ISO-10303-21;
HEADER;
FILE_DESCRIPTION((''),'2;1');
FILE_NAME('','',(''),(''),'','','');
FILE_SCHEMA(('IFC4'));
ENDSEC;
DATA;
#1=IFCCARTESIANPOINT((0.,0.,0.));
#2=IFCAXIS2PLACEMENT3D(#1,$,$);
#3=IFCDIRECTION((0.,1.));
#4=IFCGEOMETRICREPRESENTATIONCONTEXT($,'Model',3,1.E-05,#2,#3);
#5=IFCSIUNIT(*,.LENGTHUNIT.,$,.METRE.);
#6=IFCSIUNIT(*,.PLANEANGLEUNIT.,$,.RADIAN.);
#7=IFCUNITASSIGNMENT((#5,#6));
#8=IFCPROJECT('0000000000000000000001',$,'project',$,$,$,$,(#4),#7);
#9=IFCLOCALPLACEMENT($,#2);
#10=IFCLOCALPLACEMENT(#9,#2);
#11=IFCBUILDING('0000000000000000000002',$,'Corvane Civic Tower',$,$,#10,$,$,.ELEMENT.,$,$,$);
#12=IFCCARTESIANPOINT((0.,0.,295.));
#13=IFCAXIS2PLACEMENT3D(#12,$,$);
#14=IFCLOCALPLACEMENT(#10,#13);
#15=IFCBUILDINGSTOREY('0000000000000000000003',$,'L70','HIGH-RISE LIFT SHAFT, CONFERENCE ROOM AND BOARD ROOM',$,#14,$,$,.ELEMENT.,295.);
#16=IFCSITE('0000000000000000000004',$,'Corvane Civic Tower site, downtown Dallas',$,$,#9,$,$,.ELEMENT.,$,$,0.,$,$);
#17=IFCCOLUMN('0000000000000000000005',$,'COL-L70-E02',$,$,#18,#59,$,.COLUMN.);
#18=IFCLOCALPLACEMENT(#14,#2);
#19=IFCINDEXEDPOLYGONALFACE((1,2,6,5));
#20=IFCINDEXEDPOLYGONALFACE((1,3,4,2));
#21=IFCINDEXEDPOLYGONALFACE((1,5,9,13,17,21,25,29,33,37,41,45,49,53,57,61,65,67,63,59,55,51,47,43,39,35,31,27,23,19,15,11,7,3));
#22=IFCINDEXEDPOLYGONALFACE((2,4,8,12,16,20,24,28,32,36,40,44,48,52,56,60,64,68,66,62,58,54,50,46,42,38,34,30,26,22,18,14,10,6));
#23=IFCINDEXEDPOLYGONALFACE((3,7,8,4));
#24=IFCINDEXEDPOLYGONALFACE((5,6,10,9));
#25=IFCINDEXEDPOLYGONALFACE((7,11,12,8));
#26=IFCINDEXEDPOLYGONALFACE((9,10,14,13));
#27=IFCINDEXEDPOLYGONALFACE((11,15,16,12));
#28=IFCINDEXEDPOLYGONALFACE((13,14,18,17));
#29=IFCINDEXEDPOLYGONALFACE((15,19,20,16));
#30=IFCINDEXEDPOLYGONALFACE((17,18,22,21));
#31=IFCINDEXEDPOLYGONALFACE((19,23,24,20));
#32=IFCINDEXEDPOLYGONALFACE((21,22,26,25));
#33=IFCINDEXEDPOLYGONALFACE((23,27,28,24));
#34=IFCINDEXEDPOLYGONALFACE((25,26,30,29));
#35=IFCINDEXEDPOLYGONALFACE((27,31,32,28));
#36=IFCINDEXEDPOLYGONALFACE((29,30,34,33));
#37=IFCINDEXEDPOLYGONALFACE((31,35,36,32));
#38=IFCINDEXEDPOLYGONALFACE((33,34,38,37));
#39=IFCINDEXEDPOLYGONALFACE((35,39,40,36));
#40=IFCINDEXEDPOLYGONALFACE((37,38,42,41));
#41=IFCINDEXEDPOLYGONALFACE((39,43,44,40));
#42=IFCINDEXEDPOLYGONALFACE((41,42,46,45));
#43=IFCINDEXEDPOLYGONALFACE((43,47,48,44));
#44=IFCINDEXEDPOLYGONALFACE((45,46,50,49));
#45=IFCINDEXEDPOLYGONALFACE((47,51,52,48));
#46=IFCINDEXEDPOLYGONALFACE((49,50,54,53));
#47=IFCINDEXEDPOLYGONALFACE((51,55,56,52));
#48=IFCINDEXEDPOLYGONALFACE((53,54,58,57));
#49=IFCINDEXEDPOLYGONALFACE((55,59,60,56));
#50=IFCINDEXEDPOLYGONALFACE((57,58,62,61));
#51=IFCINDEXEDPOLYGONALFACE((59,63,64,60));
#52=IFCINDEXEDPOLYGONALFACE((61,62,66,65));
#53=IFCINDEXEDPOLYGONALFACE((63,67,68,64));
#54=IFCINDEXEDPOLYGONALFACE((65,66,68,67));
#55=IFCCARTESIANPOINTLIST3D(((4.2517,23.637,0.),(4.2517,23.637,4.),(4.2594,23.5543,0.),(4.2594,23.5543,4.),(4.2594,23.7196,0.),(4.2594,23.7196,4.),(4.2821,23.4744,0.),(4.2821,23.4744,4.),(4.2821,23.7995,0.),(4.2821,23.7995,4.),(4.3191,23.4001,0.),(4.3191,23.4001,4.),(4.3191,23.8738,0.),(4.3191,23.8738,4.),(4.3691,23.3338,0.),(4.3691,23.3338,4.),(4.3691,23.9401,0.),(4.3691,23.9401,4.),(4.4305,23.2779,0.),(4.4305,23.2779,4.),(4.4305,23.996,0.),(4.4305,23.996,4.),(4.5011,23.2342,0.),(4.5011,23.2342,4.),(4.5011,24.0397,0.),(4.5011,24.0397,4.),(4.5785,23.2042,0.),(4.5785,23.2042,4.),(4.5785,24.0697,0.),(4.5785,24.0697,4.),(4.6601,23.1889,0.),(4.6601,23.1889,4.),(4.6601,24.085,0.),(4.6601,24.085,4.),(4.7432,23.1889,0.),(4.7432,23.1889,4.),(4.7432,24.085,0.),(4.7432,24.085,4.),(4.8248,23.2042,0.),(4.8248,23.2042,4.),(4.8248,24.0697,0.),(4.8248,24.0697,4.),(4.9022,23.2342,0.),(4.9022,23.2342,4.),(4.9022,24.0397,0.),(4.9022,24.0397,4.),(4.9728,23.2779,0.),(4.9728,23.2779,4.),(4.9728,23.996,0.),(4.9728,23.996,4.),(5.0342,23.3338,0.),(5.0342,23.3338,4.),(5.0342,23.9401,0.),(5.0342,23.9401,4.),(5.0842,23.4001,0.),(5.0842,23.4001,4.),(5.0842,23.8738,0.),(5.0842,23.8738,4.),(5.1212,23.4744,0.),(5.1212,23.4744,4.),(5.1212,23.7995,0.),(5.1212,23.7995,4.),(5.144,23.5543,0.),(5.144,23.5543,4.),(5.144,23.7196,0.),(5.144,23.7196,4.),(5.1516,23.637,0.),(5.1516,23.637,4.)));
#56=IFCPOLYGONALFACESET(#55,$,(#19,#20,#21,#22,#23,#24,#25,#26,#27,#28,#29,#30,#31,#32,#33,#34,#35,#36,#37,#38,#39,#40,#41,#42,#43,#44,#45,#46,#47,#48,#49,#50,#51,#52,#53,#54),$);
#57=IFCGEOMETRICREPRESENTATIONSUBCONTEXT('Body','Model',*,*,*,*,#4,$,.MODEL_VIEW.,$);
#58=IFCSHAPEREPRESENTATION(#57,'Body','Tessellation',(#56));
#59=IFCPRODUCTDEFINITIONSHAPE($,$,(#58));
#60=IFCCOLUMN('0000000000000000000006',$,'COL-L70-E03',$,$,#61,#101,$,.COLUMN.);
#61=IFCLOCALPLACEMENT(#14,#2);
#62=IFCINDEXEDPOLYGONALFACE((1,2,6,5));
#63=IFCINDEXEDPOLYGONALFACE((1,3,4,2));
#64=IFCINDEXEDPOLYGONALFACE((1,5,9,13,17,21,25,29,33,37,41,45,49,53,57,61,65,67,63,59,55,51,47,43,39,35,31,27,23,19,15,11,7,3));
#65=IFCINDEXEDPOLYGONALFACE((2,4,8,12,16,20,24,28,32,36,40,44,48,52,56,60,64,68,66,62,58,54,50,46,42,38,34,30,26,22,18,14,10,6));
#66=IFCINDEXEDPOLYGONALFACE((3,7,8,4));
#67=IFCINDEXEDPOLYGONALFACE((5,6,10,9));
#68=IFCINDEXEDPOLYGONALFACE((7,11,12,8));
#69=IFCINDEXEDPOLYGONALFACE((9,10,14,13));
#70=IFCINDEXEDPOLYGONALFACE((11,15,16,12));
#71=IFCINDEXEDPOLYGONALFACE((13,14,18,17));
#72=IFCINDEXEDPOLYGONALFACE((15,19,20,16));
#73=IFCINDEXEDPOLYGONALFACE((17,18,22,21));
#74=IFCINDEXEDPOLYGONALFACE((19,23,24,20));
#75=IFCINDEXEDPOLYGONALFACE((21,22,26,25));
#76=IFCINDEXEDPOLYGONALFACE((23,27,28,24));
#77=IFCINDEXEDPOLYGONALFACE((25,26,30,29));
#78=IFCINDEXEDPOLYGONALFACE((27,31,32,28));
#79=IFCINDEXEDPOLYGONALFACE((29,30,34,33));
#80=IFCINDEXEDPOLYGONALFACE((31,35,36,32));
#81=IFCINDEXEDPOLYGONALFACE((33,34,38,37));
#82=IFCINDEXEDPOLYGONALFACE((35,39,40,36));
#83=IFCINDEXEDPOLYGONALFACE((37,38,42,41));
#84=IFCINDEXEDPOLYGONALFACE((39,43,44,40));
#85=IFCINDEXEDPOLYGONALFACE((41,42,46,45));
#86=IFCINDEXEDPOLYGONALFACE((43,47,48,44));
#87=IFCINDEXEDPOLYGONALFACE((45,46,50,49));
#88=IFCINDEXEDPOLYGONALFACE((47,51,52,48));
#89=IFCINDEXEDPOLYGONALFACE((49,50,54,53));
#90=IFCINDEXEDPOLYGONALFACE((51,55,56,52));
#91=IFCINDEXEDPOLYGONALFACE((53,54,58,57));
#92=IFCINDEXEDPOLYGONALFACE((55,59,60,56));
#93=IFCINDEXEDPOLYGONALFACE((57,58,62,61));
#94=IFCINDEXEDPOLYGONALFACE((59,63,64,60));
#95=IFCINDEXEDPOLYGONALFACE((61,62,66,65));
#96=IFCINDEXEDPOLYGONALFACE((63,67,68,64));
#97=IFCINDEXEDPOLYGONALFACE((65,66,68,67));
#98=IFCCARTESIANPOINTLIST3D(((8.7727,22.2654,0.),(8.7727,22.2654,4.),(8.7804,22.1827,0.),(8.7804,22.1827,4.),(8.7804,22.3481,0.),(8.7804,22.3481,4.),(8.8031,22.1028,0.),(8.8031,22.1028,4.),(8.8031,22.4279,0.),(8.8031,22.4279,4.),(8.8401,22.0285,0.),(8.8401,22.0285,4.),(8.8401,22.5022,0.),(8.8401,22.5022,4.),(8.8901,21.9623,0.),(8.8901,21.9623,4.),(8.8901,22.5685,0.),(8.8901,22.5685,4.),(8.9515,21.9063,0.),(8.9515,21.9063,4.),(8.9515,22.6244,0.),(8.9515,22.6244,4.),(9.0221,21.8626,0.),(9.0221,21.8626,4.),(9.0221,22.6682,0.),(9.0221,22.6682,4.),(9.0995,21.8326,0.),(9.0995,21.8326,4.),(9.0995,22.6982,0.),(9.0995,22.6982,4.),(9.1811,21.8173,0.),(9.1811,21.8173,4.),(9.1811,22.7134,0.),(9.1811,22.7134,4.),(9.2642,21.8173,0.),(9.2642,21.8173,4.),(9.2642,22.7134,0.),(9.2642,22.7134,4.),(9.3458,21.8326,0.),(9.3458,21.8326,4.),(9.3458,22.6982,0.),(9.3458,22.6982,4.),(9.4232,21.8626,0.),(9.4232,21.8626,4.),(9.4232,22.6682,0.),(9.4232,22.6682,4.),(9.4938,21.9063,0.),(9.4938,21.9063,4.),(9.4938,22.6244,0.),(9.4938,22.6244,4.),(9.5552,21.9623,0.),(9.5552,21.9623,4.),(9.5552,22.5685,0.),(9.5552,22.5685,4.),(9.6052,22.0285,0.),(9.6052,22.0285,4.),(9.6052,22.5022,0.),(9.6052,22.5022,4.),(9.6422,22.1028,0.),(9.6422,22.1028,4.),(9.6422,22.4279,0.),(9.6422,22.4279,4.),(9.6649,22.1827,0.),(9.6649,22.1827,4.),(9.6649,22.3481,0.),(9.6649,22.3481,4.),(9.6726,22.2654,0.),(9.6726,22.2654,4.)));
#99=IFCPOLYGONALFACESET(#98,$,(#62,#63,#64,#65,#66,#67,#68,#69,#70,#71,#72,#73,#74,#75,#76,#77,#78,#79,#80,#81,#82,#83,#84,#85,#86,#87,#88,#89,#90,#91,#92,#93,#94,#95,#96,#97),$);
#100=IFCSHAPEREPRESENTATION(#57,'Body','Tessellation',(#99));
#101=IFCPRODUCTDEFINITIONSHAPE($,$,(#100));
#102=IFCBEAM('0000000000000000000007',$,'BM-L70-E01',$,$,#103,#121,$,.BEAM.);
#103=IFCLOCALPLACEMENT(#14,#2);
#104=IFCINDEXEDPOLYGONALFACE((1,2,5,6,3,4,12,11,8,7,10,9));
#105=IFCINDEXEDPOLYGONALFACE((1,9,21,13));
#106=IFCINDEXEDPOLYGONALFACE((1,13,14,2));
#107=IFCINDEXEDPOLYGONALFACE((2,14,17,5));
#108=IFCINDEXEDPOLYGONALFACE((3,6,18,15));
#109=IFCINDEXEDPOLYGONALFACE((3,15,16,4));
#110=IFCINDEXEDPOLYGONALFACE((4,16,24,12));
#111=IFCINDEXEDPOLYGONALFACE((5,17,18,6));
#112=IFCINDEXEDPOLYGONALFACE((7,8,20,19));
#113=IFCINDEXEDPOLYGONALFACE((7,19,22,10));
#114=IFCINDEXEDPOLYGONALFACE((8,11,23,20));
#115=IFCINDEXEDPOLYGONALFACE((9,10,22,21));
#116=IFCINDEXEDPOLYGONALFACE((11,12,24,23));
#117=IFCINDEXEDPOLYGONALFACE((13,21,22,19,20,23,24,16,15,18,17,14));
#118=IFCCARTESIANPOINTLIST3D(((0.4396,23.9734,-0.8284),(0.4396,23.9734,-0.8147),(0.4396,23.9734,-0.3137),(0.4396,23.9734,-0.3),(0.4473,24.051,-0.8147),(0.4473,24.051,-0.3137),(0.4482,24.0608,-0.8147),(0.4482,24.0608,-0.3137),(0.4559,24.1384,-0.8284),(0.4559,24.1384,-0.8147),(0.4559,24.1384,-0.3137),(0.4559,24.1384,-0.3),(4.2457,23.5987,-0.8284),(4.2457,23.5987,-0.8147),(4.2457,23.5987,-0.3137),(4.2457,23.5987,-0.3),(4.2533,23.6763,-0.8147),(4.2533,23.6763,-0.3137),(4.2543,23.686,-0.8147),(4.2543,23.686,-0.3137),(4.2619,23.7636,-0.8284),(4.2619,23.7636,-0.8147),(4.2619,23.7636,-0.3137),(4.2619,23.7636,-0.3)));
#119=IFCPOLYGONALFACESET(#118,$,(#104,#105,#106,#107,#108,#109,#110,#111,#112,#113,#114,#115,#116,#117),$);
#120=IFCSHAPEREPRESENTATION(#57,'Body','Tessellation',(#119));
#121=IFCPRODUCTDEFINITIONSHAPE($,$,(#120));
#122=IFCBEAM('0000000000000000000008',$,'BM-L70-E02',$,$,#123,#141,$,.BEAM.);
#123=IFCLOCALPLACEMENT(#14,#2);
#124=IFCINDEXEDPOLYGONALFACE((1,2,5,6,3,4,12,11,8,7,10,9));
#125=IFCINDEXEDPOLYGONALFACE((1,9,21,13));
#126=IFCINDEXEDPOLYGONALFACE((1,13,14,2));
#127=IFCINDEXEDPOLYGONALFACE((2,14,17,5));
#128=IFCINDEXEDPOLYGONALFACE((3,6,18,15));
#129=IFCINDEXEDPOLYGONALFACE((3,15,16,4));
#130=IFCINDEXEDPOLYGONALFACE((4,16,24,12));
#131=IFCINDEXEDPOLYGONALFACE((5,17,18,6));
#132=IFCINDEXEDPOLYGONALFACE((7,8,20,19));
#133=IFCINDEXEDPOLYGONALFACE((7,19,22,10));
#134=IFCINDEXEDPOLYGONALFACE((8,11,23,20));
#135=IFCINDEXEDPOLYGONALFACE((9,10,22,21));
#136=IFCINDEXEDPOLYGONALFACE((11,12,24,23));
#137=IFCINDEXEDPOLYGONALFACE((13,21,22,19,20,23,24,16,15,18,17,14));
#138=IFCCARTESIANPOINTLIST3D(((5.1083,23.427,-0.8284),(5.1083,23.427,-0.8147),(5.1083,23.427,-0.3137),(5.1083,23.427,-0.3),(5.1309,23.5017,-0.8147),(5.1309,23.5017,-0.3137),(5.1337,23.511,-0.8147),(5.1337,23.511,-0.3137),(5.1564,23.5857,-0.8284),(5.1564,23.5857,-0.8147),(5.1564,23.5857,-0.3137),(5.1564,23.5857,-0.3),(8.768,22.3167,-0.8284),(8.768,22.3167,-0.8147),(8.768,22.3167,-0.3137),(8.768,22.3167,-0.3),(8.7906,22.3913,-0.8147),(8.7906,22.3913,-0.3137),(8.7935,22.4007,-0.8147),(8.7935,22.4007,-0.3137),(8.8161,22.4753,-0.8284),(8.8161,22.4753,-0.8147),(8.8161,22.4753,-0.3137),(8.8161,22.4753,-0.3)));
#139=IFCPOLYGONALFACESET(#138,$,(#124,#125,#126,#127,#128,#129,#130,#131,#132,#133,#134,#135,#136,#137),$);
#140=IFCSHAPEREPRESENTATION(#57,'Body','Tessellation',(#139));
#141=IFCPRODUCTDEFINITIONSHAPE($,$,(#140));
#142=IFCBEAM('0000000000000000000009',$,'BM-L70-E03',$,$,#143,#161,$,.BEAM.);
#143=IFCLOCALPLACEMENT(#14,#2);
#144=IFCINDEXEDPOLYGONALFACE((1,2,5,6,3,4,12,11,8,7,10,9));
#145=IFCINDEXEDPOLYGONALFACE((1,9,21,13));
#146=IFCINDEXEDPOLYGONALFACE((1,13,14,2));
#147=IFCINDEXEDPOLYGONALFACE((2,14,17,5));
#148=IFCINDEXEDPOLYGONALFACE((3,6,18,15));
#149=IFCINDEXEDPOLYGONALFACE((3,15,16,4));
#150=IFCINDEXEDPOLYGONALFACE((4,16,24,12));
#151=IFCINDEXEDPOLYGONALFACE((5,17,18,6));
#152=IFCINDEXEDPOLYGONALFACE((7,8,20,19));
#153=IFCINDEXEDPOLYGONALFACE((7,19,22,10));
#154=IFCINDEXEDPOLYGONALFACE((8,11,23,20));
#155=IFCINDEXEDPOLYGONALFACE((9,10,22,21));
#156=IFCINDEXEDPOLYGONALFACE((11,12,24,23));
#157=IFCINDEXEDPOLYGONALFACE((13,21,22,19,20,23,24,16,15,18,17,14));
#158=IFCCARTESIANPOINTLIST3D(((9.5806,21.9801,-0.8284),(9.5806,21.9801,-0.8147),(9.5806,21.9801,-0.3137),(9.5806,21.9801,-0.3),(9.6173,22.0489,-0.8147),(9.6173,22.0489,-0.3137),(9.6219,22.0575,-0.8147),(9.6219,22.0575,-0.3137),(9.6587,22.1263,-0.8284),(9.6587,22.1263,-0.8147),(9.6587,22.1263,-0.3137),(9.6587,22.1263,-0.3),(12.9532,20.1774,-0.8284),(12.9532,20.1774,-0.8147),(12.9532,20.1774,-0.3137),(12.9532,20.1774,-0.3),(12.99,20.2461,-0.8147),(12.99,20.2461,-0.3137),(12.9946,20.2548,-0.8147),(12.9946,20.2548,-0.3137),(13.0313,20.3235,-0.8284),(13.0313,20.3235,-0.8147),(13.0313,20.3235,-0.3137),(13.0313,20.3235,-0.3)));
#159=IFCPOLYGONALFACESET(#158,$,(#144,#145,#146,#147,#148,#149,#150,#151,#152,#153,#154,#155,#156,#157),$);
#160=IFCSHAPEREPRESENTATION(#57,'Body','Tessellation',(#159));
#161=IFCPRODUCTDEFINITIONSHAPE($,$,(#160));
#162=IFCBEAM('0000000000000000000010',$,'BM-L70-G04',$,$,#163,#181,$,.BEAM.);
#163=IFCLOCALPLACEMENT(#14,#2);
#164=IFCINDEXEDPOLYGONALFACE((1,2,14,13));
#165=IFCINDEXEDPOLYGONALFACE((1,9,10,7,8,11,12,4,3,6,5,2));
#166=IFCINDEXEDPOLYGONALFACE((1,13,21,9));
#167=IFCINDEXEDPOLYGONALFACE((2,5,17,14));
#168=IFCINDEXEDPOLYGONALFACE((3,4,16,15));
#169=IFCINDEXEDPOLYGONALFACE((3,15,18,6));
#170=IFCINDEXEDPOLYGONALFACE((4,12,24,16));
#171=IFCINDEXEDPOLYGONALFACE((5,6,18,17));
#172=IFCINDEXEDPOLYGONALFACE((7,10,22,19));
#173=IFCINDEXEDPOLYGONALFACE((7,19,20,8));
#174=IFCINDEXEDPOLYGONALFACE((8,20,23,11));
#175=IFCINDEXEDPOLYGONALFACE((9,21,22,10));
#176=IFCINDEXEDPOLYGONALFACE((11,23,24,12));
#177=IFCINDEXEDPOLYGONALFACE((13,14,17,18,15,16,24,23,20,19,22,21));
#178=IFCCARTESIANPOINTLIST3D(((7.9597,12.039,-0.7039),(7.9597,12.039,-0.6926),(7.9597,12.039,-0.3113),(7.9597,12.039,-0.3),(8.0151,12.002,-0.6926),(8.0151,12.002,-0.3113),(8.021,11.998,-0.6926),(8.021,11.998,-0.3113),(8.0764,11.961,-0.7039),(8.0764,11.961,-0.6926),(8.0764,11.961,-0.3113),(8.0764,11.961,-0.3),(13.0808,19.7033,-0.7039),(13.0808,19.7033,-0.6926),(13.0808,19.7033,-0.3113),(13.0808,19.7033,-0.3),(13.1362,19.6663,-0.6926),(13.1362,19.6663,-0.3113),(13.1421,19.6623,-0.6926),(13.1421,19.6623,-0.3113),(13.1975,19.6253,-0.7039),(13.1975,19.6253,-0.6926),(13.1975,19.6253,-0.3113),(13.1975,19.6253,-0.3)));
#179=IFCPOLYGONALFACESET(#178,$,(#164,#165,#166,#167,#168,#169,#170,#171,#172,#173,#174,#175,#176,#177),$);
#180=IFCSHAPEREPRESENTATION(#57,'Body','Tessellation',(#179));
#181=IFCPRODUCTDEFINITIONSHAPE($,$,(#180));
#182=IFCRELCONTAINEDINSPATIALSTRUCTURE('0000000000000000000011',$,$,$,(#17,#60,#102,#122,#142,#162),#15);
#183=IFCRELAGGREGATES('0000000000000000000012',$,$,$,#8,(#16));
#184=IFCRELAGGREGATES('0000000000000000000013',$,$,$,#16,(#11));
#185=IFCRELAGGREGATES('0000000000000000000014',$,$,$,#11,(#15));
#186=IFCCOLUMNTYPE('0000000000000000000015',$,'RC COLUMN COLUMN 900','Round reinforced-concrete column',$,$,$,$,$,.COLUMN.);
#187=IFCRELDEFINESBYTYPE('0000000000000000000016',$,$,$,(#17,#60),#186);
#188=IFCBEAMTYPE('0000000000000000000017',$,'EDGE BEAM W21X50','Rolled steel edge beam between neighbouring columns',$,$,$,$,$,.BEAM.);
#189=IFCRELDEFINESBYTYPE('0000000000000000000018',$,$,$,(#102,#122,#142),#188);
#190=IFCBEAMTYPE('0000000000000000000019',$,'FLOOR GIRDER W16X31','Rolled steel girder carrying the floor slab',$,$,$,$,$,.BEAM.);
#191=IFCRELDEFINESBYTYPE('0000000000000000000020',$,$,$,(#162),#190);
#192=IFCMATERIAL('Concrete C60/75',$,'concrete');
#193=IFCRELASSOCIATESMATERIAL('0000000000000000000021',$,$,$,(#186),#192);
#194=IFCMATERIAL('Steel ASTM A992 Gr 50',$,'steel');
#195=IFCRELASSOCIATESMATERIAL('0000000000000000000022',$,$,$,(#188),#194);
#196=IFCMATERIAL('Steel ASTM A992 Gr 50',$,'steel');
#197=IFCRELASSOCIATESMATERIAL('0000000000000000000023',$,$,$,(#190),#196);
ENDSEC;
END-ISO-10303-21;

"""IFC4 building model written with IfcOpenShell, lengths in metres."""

from ifc_helpers import new_model, si_unit, direction, frame, origin, origin_2d, place, context, subcontext, project, spatial, circle, i_section, extrude, material, material_profile, profile_set, type_object, element, save


model = new_model("IFC4")

# Units and contexts
model_context = context("Model", 3, precision=1e-05, world=origin(), true_north=direction((0.0, 1.0)))
body_context = subcontext(model_context, "Body", "Model", "MODEL_VIEW")
ifc_project = project(units=[si_unit("LENGTHUNIT", "METRE"), si_unit("PLANEANGLEUNIT", "RADIAN")], contexts=[model_context])

# Site, building, storey
site_placement = place(None, origin())
site = spatial("IfcSite", under=ifc_project, at=site_placement, Name="Corvane Civic Tower site, downtown Dallas", CompositionType="ELEMENT", RefElevation=0.0)
building_placement = place(site_placement, origin())
building = spatial("IfcBuilding", under=site, at=building_placement, Name="Corvane Civic Tower", CompositionType="ELEMENT")
storey_placement = place(building_placement, frame((0.0, 0.0, 295.0)))
storey = spatial("IfcBuildingStorey", under=building, at=storey_placement, Name="L70", Description="HIGH-RISE LIFT SHAFT, CONFERENCE ROOM AND BOARD ROOM", CompositionType="ELEMENT", Elevation=295.0)

# Columns
ifc_material_1 = material(Name="Concrete C60/75", Category="concrete")
ifc_material_profile_1 = material_profile(ifc_material_1, circle(Radius=0.45, at=origin_2d()), Name="COLUMN 900")
ifc_profile_set_1 = profile_set([ifc_material_profile_1], Name="Concrete C60/75")
column_type = type_object("IfcColumnType", Name="RC COLUMN COLUMN 900", Description="Round reinforced-concrete column", PredefinedType="COLUMN", material=ifc_profile_set_1)
for number, where, z_axis, x_axis, name in (
    (1, (4.7017, 23.637, 0.0), (0.0, 0.0, 1.0), (1.0, 0.0, 0.0), "COL-L70-E02"),
    (2, (9.2227, 22.2654, 0.0), (0.0, 0.0, 1.0), (1.0, 0.0, 0.0), "COL-L70-E03"),
):
    element("IfcColumn", number, at=place(storey_placement, frame(where, z_axis=z_axis, x_axis=x_axis)), inside=storey, type_object=column_type, Name=name, PredefinedType="COLUMN", context=body_context, shape_type="SweptSolid", body=[
        extrude(circle(Radius=0.45, at=origin_2d()), origin(), (0.0, 0.0, 1.0), 4.0),
    ])

# Beams
ifc_material_2 = material(Name="Steel ASTM A992 Gr 50", Category="steel")
ifc_material_profile_2 = material_profile(ifc_material_2, i_section(OverallWidth=0.1658, OverallDepth=0.5283, WebThickness=0.0098, FlangeThickness=0.0137, at=origin_2d()), Name="W21X50")
ifc_profile_set_2 = profile_set([ifc_material_profile_2], Name="Steel ASTM A992 Gr 50")
beam_type_1 = type_object("IfcBeamType", Name="EDGE BEAM W21X50", Description="Rolled steel edge beam between neighbouring columns", PredefinedType="BEAM", material=ifc_profile_set_2)
for number, where, z_axis, x_axis, name in (
    (3, (0.4478, 24.0559, -0.5642), (0.995188, -0.097987, 0.0), (0.097987, 0.995188, 0.0), "BM-L70-E01"),
    (4, (5.1323, 23.5063, -0.5642), (0.956926, -0.290333, 0.0), (0.290333, 0.956926, 0.0), "BM-L70-E02"),
):
    element("IfcBeam", number, at=place(storey_placement, frame(where, z_axis=z_axis, x_axis=x_axis)), inside=storey, type_object=beam_type_1, Name=name, PredefinedType="BEAM", context=body_context, shape_type="SweptSolid", body=[
        extrude(i_section(OverallWidth=0.1658, OverallDepth=0.5283, WebThickness=0.0098, FlangeThickness=0.0137, at=origin_2d()), origin(), (0.0, 0.0, 1.0), 3.8245),
    ])
beam_1_placement = place(storey_placement, frame((9.6196, 22.0532, -0.5642), z_axis=(0.881914, -0.47141, 0.0), x_axis=(0.47141, 0.881914, 0.0)))
element("IfcBeam", 5, at=beam_1_placement, inside=storey, type_object=beam_type_1, Name="BM-L70-E03", PredefinedType="BEAM", context=body_context, shape_type="SweptSolid", body=[
    extrude(i_section(OverallWidth=0.1658, OverallDepth=0.5283, WebThickness=0.0098, FlangeThickness=0.0137, at=origin_2d()), origin(), (0.0, 0.0, 1.0), 3.8242),
])
ifc_material_3 = material(Name="Steel ASTM A992 Gr 50", Category="steel")
ifc_material_profile_3 = material_profile(ifc_material_3, i_section(OverallWidth=0.1404, OverallDepth=0.4038, WebThickness=0.0071, FlangeThickness=0.0112, at=origin_2d()), Name="W16X31")
ifc_profile_set_3 = profile_set([ifc_material_profile_3], Name="Steel ASTM A992 Gr 50")
beam_type_2 = type_object("IfcBeamType", Name="FLOOR GIRDER W16X31", Description="Rolled steel girder carrying the floor slab", PredefinedType="BEAM", material=ifc_profile_set_3)
beam_2_placement = place(storey_placement, frame((8.0181, 12.0, -0.502), z_axis=(0.555568, 0.831471, 0.0), x_axis=(-0.831471, 0.555568, 0.0)))
element("IfcBeam", 6, at=beam_2_placement, inside=storey, type_object=beam_type_2, Name="BM-L70-G04", PredefinedType="BEAM", context=body_context, shape_type="SweptSolid", body=[
    extrude(i_section(OverallWidth=0.1404, OverallDepth=0.4038, WebThickness=0.0071, FlangeThickness=0.0112, at=origin_2d()), origin(), (0.0, 0.0, 1.0), 9.2178),
])

save(model, "model.ifc")
